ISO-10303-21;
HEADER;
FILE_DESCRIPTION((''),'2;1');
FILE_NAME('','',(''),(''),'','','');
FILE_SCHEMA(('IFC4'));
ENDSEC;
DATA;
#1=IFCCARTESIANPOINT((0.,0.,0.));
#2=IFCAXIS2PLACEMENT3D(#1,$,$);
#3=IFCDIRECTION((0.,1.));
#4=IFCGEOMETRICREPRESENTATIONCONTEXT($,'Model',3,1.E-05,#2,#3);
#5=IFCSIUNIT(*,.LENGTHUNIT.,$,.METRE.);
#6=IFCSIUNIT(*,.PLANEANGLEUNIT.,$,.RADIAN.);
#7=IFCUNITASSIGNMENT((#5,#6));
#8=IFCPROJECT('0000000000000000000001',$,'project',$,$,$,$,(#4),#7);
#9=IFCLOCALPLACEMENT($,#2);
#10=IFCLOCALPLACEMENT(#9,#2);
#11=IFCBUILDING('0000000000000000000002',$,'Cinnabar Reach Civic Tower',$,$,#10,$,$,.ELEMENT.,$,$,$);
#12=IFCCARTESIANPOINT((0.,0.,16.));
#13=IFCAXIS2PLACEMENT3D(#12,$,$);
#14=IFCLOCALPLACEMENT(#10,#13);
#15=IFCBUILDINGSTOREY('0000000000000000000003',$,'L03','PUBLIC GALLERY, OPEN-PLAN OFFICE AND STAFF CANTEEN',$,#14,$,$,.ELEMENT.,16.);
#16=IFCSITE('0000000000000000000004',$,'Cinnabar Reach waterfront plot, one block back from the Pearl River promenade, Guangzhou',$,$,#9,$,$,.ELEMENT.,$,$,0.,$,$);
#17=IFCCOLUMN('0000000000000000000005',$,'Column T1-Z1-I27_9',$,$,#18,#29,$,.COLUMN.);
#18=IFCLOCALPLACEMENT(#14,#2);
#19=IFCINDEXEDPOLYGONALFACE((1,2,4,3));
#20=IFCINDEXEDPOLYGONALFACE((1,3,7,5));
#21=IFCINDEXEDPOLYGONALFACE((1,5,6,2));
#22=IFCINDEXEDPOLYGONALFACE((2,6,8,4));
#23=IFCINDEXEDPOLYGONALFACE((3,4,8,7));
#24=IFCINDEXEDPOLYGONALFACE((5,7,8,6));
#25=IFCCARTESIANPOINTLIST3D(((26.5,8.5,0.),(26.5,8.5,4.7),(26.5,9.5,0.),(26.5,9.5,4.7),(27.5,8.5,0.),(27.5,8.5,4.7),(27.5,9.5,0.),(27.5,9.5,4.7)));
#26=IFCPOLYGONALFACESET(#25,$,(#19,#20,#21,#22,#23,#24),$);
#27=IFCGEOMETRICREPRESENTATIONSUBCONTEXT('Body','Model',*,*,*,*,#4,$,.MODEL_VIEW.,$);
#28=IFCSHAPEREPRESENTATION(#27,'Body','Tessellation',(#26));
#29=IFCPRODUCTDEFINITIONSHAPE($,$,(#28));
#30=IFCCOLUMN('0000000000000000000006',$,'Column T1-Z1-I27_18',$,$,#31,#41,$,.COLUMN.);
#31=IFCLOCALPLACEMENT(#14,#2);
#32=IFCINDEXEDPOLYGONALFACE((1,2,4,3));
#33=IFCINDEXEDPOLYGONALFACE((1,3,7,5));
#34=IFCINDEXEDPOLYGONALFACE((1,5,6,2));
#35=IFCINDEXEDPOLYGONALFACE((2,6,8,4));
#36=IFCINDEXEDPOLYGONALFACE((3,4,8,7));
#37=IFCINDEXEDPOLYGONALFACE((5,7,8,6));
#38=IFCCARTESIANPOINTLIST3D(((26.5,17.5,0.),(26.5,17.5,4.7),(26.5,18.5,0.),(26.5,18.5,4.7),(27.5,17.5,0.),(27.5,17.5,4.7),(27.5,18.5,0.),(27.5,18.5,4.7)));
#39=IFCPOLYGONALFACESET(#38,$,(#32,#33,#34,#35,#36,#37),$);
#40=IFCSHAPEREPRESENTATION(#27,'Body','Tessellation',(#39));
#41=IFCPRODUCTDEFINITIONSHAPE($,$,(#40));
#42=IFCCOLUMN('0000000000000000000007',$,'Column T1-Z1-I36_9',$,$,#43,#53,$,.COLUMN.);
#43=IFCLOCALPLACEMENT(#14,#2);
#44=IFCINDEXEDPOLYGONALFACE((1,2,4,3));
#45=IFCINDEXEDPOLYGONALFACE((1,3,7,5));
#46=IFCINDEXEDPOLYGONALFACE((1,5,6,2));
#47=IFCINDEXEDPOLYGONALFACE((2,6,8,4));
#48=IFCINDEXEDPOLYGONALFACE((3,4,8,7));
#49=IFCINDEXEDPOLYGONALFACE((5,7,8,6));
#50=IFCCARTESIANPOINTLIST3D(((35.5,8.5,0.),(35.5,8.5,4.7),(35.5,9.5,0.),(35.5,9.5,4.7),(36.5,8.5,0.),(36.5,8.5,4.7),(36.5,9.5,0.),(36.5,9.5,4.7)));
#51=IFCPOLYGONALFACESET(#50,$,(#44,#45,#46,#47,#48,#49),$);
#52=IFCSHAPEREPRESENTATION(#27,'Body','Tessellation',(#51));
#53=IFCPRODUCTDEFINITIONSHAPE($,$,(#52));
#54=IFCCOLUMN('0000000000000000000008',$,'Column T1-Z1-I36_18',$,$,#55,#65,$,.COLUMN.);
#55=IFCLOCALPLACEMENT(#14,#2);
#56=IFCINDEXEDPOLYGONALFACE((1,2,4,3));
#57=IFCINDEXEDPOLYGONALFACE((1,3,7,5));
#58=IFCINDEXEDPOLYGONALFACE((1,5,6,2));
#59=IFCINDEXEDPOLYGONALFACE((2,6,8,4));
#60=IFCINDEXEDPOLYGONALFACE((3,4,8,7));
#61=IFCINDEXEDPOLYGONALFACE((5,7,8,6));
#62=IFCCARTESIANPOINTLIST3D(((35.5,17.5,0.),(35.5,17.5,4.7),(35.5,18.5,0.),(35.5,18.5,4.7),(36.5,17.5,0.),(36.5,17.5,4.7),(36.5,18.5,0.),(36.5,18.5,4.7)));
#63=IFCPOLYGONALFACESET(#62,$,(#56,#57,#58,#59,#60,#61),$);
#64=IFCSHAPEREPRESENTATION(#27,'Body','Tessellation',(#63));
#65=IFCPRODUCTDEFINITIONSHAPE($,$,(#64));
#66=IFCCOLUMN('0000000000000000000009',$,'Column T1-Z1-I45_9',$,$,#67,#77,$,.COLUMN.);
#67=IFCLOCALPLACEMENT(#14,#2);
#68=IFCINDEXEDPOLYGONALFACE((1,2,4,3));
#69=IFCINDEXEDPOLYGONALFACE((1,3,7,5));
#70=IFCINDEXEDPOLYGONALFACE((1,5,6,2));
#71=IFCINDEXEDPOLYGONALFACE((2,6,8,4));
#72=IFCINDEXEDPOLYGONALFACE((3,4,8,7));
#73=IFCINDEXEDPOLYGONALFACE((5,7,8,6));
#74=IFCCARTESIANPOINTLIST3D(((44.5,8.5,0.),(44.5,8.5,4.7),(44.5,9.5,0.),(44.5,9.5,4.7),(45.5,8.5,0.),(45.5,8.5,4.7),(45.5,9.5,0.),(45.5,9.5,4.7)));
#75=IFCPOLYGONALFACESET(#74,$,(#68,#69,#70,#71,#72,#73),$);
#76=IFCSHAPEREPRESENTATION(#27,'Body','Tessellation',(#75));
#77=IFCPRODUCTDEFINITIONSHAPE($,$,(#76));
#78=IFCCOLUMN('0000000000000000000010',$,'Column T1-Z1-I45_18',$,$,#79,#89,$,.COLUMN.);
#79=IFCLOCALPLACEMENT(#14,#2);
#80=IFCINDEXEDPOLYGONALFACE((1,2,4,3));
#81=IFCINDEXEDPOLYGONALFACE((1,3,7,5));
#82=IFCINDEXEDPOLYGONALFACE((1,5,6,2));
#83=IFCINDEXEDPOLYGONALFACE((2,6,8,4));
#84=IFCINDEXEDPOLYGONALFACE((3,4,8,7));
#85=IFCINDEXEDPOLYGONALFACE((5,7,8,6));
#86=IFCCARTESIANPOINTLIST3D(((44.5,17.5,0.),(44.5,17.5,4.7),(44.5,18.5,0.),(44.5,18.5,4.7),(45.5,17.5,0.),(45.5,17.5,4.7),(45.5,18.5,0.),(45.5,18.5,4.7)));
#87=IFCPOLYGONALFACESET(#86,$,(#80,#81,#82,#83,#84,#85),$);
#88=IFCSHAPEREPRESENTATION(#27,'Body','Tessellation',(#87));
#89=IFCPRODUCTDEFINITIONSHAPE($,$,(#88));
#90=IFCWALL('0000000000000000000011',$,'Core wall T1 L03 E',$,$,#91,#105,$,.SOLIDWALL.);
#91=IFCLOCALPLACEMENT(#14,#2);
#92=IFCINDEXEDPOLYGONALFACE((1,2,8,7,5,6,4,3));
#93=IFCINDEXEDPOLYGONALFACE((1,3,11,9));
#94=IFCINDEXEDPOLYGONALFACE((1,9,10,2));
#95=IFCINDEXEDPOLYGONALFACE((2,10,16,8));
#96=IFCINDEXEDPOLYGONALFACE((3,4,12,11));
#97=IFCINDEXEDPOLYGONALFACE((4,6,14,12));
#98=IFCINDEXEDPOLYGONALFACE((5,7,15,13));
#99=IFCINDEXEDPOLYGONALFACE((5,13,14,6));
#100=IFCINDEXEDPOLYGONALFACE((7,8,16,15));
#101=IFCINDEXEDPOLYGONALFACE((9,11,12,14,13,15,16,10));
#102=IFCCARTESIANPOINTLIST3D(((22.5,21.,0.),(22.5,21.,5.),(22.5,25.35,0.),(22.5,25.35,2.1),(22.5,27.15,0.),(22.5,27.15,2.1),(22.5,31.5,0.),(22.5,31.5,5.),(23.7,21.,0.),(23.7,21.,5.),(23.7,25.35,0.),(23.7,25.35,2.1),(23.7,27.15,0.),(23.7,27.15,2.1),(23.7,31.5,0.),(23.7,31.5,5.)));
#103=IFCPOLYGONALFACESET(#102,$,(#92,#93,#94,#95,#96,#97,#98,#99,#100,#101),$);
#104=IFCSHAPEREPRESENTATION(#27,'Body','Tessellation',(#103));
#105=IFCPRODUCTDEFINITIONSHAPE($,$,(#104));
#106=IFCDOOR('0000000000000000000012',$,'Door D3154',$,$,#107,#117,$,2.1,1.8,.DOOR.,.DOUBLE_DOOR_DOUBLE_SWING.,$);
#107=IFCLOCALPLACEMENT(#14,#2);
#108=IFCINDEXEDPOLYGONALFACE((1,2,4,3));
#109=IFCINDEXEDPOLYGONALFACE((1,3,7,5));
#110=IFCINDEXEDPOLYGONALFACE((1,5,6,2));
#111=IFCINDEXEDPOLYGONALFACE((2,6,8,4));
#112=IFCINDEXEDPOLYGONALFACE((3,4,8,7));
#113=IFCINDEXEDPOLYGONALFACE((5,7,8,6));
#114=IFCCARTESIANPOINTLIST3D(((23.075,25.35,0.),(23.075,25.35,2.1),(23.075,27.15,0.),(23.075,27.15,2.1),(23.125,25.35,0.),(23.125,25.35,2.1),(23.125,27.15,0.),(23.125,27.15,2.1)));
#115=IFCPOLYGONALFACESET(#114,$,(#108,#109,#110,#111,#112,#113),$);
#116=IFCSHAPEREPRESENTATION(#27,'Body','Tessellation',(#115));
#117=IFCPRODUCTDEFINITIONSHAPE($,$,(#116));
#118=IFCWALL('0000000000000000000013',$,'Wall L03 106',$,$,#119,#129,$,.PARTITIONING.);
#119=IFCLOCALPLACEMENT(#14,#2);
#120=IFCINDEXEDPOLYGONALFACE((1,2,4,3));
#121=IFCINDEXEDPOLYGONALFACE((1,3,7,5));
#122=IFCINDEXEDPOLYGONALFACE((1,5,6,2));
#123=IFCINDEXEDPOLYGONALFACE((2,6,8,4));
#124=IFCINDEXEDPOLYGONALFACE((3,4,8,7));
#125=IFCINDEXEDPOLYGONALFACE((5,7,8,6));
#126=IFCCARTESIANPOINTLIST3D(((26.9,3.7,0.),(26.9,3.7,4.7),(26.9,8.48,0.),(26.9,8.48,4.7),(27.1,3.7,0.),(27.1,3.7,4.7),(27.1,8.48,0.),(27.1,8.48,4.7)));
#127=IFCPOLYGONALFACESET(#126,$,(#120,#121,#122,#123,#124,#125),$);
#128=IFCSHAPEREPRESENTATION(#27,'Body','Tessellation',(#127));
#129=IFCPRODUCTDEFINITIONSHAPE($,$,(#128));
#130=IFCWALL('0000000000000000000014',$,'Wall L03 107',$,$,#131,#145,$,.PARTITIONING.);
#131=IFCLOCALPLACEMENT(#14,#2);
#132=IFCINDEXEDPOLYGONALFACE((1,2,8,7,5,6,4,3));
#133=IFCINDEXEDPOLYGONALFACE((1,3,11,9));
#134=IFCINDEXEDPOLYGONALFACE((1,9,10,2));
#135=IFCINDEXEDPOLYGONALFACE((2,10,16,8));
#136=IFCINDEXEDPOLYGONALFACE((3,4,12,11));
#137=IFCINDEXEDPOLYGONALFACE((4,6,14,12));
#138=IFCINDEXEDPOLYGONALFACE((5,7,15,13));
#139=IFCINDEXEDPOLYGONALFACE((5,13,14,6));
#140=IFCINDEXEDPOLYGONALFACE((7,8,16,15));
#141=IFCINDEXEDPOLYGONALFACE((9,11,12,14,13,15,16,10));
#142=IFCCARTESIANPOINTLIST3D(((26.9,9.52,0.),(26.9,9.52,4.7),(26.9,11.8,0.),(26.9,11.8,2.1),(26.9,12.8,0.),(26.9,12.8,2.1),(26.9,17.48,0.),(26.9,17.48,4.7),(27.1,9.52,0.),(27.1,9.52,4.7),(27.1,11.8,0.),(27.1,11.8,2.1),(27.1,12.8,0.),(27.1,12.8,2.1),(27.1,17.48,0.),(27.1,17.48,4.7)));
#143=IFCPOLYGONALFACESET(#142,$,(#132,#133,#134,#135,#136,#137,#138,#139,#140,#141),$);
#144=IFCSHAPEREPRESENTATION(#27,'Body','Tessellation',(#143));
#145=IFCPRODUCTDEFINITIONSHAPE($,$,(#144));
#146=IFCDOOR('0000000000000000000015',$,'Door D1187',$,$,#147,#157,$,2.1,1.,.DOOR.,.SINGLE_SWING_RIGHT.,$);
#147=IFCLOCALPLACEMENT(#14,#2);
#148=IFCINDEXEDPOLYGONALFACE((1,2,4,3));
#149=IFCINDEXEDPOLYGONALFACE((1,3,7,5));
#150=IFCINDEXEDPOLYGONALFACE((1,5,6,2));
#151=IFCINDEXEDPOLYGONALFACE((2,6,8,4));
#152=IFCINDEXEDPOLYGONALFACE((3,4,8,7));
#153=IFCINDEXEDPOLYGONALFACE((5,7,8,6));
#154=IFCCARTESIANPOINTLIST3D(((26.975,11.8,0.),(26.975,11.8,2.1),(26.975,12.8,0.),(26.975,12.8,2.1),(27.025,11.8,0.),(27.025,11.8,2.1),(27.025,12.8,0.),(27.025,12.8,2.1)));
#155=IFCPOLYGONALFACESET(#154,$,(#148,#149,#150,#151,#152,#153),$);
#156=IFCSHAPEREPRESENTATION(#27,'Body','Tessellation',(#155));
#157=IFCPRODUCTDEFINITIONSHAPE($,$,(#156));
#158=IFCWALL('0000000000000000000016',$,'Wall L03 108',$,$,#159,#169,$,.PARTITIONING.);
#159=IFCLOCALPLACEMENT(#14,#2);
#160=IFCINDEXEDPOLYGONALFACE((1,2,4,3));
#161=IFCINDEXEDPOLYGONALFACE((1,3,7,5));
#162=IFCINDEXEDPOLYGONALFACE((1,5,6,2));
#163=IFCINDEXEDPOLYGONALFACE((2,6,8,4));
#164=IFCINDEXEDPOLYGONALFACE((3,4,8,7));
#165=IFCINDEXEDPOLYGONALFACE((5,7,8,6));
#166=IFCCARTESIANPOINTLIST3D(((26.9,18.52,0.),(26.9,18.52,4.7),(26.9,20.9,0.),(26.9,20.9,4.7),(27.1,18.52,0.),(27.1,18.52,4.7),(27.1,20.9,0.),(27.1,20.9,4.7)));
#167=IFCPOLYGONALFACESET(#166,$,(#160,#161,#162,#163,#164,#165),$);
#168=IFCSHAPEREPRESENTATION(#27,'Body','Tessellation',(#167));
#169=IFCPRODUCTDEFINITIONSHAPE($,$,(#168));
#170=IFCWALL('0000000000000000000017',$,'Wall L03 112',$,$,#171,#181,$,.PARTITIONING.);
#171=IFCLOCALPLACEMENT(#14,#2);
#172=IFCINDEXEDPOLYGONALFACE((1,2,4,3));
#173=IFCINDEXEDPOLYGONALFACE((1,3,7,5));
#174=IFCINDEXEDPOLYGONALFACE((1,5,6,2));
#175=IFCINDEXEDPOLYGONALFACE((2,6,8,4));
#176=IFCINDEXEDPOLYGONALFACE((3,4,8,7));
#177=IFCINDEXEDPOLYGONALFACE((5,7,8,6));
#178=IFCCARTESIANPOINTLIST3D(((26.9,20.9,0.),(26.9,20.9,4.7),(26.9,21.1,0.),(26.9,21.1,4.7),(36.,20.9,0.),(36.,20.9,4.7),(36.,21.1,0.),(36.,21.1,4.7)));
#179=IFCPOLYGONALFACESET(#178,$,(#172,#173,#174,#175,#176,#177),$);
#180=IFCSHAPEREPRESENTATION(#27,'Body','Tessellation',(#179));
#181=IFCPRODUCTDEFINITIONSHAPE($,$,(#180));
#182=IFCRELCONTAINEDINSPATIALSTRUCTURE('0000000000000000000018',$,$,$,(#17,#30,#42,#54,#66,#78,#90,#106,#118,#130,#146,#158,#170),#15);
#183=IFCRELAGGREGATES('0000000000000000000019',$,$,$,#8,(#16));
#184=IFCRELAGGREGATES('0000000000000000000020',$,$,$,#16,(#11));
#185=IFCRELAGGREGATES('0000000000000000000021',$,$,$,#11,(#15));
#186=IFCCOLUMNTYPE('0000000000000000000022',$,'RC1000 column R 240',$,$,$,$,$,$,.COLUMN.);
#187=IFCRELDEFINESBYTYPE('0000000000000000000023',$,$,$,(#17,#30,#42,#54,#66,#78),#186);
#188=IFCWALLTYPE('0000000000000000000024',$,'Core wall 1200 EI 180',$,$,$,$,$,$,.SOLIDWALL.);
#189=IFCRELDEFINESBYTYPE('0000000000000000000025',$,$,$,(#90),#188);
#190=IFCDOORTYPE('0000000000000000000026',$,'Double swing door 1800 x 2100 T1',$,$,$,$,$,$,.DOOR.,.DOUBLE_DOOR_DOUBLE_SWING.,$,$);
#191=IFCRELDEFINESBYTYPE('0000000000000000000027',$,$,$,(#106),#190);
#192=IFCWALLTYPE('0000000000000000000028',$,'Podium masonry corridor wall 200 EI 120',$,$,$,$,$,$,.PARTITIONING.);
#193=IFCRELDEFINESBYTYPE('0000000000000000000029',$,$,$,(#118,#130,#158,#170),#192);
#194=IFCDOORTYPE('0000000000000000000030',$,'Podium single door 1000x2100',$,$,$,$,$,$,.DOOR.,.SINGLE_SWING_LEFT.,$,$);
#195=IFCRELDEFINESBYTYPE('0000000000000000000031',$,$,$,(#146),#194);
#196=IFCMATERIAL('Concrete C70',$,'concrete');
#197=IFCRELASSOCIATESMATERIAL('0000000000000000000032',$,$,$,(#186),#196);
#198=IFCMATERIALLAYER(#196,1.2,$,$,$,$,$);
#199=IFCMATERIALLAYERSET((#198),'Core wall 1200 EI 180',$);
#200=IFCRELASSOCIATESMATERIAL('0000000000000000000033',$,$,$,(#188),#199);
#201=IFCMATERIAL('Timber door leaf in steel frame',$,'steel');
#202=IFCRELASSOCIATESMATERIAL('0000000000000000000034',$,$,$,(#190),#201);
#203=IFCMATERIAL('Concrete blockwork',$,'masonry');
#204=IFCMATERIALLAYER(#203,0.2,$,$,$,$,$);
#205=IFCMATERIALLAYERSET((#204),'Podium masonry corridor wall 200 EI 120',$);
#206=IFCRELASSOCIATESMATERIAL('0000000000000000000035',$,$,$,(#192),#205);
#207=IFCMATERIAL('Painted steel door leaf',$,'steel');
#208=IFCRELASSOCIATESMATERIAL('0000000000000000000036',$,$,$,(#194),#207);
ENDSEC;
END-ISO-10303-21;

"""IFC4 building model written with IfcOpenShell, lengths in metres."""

from ifc_helpers import new_model, si_unit, direction, frame, frame_2d, origin, origin_2d, place, context, subcontext, project, spatial, rectangle, extrude, material, layer, layer_set, material_profile, profile_set, type_object, element, fill, save


model = new_model("IFC4")

# Units and contexts
model_context = context("Model", 3, precision=1e-05, world=origin(), true_north=direction((0.0, 1.0)))
body_context = subcontext(model_context, "Body", "Model", "MODEL_VIEW")
ifc_project = project(units=[si_unit("LENGTHUNIT", "METRE"), si_unit("PLANEANGLEUNIT", "RADIAN")], contexts=[model_context])

# Site, building, storey
site_placement = place(None, origin())
site = spatial("IfcSite", under=ifc_project, at=site_placement, Name="Cinnabar Reach waterfront plot, one block back from the Pearl River promenade, Guangzhou", CompositionType="ELEMENT", RefElevation=0.0)
building_placement = place(site_placement, origin())
building = spatial("IfcBuilding", under=site, at=building_placement, Name="Cinnabar Reach Civic Tower", CompositionType="ELEMENT")
storey_placement = place(building_placement, frame((0.0, 0.0, 16.0)))
storey = spatial("IfcBuildingStorey", under=building, at=storey_placement, Name="L03", Description="PUBLIC GALLERY, OPEN-PLAN OFFICE AND STAFF CANTEEN", CompositionType="ELEMENT", Elevation=16.0)

# Columns
ifc_material_1 = material(Name="Concrete C70", Category="concrete")
ifc_material_profile = material_profile(ifc_material_1, rectangle(XDim=1.0, YDim=1.0, at=origin_2d()), Name="RC1000")
ifc_profile_set = profile_set([ifc_material_profile], Name="Concrete C70")
column_type = type_object("IfcColumnType", Name="RC1000 column R 240", PredefinedType="COLUMN", material=ifc_profile_set)
for number, where, z_axis, x_axis, name in (
    (1, (27.0, 9.0, 0.0), (0.0, 0.0, 1.0), (1.0, 0.0, 0.0), "Column T1-Z1-I27_9"),
    (2, (27.0, 18.0, 0.0), (0.0, 0.0, 1.0), (1.0, 0.0, 0.0), "Column T1-Z1-I27_18"),
    (3, (36.0, 9.0, 0.0), (0.0, 0.0, 1.0), (1.0, 0.0, 0.0), "Column T1-Z1-I36_9"),
    (4, (36.0, 18.0, 0.0), (0.0, 0.0, 1.0), (1.0, 0.0, 0.0), "Column T1-Z1-I36_18"),
    (5, (45.0, 9.0, 0.0), (0.0, 0.0, 1.0), (1.0, 0.0, 0.0), "Column T1-Z1-I45_9"),
    (6, (45.0, 18.0, 0.0), (0.0, 0.0, 1.0), (1.0, 0.0, 0.0), "Column T1-Z1-I45_18"),
):
    element("IfcColumn", number, at=place(storey_placement, frame(where, z_axis=z_axis, x_axis=x_axis)), inside=storey, type_object=column_type, Name=name, PredefinedType="COLUMN", context=body_context, shape_type="SweptSolid", body=[
        extrude(rectangle(XDim=1.0, YDim=1.0, at=origin_2d()), origin(), (0.0, 0.0, 1.0), 4.7),
    ])

# Wall, opening, door
ifc_layer_1 = layer(ifc_material_1, 1.2)
ifc_layer_set_1 = layer_set([ifc_layer_1], Name="Core wall 1200 EI 180")
wall_type_1 = type_object("IfcWallType", Name="Core wall 1200 EI 180", PredefinedType="SOLIDWALL", material=ifc_layer_set_1)
wall_1_placement = place(storey_placement, frame((23.1, 21.0, 0.0), z_axis=(0.0, 0.0, 1.0), x_axis=(0.0, 1.0, 0.0)))
wall_1 = element("IfcWall", 7, at=wall_1_placement, inside=storey, type_object=wall_type_1, Name="Core wall T1 L03 E", PredefinedType="SOLIDWALL", context=body_context, shape_type="SweptSolid", body=[
    extrude(rectangle(XDim=10.5, YDim=1.2, at=frame_2d((5.25, 0.0))), origin(), (0.0, 0.0, 1.0), 5.0),
])
opening_1_placement = place(wall_1_placement, frame((4.35, 0.0, 0.0)))
opening_1 = element("IfcOpeningElement", 8, at=opening_1_placement, cuts=wall_1, PredefinedType="OPENING", context=body_context, shape_type="SweptSolid", body=[
    extrude(rectangle(XDim=1.8, YDim=2.1, at=frame_2d((0.9, 1.05))), frame((0.0, 0.61, 0.0), z_axis=(0.0, -1.0, 0.0), x_axis=(1.0, 0.0, 0.0)), (0.0, 0.0, 1.0), 1.22),
])
ifc_material_2 = material(Name="Timber door leaf in steel frame", Category="steel")
door_type_1 = type_object("IfcDoorType", Name="Double swing door 1800 x 2100 T1", OperationType="DOUBLE_DOOR_DOUBLE_SWING", PredefinedType="DOOR", material=ifc_material_2)
door_1_placement = place(opening_1_placement, origin())
door_1 = element("IfcDoor", 9, at=door_1_placement, inside=storey, type_object=door_type_1, Name="Door D3154", OperationType="DOUBLE_DOOR_DOUBLE_SWING", OverallHeight=2.1, OverallWidth=1.8, PredefinedType="DOOR", context=body_context, shape_type="SweptSolid", body=[
    extrude(rectangle(XDim=1.8, YDim=2.1, at=frame_2d((0.9, 1.05))), frame((0.0, 0.025, 0.0), z_axis=(0.0, -1.0, 0.0), x_axis=(1.0, 0.0, 0.0)), (0.0, 0.0, 1.0), 0.05),
])
fill(opening_1, door_1)

# Wall
ifc_material_3 = material(Name="Concrete blockwork", Category="masonry")
ifc_layer_2 = layer(ifc_material_3, 0.2)
ifc_layer_set_2 = layer_set([ifc_layer_2], Name="Podium masonry corridor wall 200 EI 120")
wall_type_2 = type_object("IfcWallType", Name="Podium masonry corridor wall 200 EI 120", PredefinedType="PARTITIONING", material=ifc_layer_set_2)
wall_2_placement = place(storey_placement, frame((27.0, 3.7, 0.0), z_axis=(0.0, 0.0, 1.0), x_axis=(0.0, 1.0, 0.0)))
element("IfcWall", 10, at=wall_2_placement, inside=storey, type_object=wall_type_2, Name="Wall L03 106", PredefinedType="PARTITIONING", context=body_context, shape_type="SweptSolid", body=[
    extrude(rectangle(XDim=4.78, YDim=0.2, at=frame_2d((2.39, 0.0))), origin(), (0.0, 0.0, 1.0), 4.7),
])

# Wall, opening, door
wall_3_placement = place(storey_placement, frame((27.0, 9.52, 0.0), z_axis=(0.0, 0.0, 1.0), x_axis=(0.0, 1.0, 0.0)))
wall_3 = element("IfcWall", 11, at=wall_3_placement, inside=storey, type_object=wall_type_2, Name="Wall L03 107", PredefinedType="PARTITIONING", context=body_context, shape_type="SweptSolid", body=[
    extrude(rectangle(XDim=7.96, YDim=0.2, at=frame_2d((3.98, 0.0))), origin(), (0.0, 0.0, 1.0), 4.7),
])
opening_2_placement = place(wall_3_placement, frame((2.28, 0.0, 0.0)))
opening_2 = element("IfcOpeningElement", 12, at=opening_2_placement, cuts=wall_3, PredefinedType="OPENING", context=body_context, shape_type="SweptSolid", body=[
    extrude(rectangle(XDim=1.0, YDim=2.1, at=frame_2d((0.5, 1.05))), frame((0.0, 0.11, 0.0), z_axis=(0.0, -1.0, 0.0), x_axis=(1.0, 0.0, 0.0)), (0.0, 0.0, 1.0), 0.22),
])
ifc_material_4 = material(Name="Painted steel door leaf", Category="steel")
door_type_2 = type_object("IfcDoorType", Name="Podium single door 1000x2100", OperationType="SINGLE_SWING_LEFT", PredefinedType="DOOR", material=ifc_material_4)
door_2_placement = place(opening_2_placement, frame((1.0, 0.0, 0.0), z_axis=(0.0, 0.0, 1.0), x_axis=(-1.0, 0.0, 0.0)))
door_2 = element("IfcDoor", 13, at=door_2_placement, inside=storey, type_object=door_type_2, Name="Door D1187", OperationType="SINGLE_SWING_RIGHT", OverallHeight=2.1, OverallWidth=1.0, PredefinedType="DOOR", context=body_context, shape_type="SweptSolid", body=[
    extrude(rectangle(XDim=1.0, YDim=2.1, at=frame_2d((0.5, 1.05))), frame((0.0, 0.025, 0.0), z_axis=(0.0, -1.0, 0.0), x_axis=(1.0, 0.0, 0.0)), (0.0, 0.0, 1.0), 0.05),
])
fill(opening_2, door_2)

# Walls
wall_4_placement = place(storey_placement, frame((27.0, 18.52, 0.0), z_axis=(0.0, 0.0, 1.0), x_axis=(0.0, 1.0, 0.0)))
element("IfcWall", 14, at=wall_4_placement, inside=storey, type_object=wall_type_2, Name="Wall L03 108", PredefinedType="PARTITIONING", context=body_context, shape_type="SweptSolid", body=[
    extrude(rectangle(XDim=2.38, YDim=0.2, at=frame_2d((1.19, 0.0))), origin(), (0.0, 0.0, 1.0), 4.7),
])
wall_5_placement = place(storey_placement, frame((26.9, 21.0, 0.0), z_axis=(0.0, 0.0, 1.0), x_axis=(1.0, 0.0, 0.0)))
element("IfcWall", 15, at=wall_5_placement, inside=storey, type_object=wall_type_2, Name="Wall L03 112", PredefinedType="PARTITIONING", context=body_context, shape_type="SweptSolid", body=[
    extrude(rectangle(XDim=9.1, YDim=0.2, at=frame_2d((4.55, 0.0))), origin(), (0.0, 0.0, 1.0), 4.7),
])

save(model, "model.ifc")
